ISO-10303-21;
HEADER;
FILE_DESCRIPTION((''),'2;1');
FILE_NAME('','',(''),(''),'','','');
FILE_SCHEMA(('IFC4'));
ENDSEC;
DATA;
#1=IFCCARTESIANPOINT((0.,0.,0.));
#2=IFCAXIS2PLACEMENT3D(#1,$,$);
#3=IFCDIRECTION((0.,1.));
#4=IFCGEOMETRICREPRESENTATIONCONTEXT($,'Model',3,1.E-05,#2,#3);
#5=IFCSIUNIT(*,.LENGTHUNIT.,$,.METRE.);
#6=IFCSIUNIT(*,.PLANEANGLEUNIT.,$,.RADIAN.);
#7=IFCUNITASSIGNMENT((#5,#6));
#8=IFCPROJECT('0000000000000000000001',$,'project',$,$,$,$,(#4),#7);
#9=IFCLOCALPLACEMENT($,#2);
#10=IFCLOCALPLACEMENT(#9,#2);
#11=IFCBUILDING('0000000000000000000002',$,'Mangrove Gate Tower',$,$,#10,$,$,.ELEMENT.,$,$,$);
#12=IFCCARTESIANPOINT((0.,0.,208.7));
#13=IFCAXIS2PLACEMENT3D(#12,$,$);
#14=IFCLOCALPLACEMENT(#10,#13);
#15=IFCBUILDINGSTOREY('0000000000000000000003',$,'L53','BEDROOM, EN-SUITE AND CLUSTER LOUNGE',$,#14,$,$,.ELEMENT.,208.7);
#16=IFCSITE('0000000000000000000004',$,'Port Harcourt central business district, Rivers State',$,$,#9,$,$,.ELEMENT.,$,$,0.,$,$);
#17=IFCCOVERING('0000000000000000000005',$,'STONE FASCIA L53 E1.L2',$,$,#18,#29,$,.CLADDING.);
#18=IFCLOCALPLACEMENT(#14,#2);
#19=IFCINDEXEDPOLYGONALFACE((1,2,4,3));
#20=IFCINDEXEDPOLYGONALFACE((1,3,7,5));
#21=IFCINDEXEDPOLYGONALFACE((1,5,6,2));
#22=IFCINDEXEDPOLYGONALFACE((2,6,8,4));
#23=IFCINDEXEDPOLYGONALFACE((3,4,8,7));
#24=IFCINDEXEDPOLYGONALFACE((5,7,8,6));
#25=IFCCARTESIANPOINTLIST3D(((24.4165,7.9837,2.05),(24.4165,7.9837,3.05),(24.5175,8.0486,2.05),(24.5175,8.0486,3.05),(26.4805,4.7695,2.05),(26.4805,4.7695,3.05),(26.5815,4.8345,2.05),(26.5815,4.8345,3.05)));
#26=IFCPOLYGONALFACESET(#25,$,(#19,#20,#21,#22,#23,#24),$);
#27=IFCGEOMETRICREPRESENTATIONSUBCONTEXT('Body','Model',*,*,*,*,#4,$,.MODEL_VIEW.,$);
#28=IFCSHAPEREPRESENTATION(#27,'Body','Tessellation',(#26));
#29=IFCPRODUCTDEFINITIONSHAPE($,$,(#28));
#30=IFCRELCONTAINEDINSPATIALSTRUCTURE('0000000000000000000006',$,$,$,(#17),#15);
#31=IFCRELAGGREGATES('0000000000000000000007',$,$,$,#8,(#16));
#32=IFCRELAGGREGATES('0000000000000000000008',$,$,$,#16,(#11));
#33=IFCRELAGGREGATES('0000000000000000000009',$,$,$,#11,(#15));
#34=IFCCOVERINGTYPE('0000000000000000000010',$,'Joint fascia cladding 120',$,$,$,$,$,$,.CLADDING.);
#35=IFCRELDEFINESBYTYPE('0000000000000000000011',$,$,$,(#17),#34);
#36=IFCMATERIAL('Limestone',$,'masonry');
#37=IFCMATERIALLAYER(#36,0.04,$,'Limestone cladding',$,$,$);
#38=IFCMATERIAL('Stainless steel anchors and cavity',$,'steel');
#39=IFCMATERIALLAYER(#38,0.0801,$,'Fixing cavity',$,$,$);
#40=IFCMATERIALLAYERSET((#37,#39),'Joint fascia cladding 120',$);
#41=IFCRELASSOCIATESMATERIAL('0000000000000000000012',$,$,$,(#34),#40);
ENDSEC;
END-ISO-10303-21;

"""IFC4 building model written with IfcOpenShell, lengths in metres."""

from ifc_helpers import new_model, si_unit, direction, frame, frame_2d, origin, place, context, subcontext, project, spatial, rectangle, extrude, material, layer, layer_set, type_object, element, save


model = new_model("IFC4")

# Units and contexts
model_context = context("Model", 3, precision=1e-05, world=origin(), true_north=direction((0.0, 1.0)))
body_context = subcontext(model_context, "Body", "Model", "MODEL_VIEW")
ifc_project = project(units=[si_unit("LENGTHUNIT", "METRE"), si_unit("PLANEANGLEUNIT", "RADIAN")], contexts=[model_context])

# Site, building, storey
site_placement = place(None, origin())
site = spatial("IfcSite", under=ifc_project, at=site_placement, Name="Port Harcourt central business district, Rivers State", CompositionType="ELEMENT", RefElevation=0.0)
building_placement = place(site_placement, origin())
building = spatial("IfcBuilding", under=site, at=building_placement, Name="Mangrove Gate Tower", CompositionType="ELEMENT")
storey_placement = place(building_placement, frame((0.0, 0.0, 208.7)))
storey = spatial("IfcBuildingStorey", under=building, at=storey_placement, Name="L53", Description="BEDROOM, EN-SUITE AND CLUSTER LOUNGE", CompositionType="ELEMENT", Elevation=208.7)

# Shared definitions
ifc_material_1 = material(Name="Limestone", Category="masonry")

# Covering
ifc_layer_1 = layer(ifc_material_1, 0.04, Name="Limestone cladding")
ifc_material_2 = material(Name="Stainless steel anchors and cavity", Category="steel")
ifc_layer_2 = layer(ifc_material_2, 0.0801, Name="Fixing cavity")
ifc_layer_set_1 = layer_set([ifc_layer_1, ifc_layer_2], Name="Joint fascia cladding 120")
covering_type = type_object("IfcCoveringType", Name="Joint fascia cladding 120", PredefinedType="CLADDING", material=ifc_layer_set_1)
covering_placement = place(storey_placement, frame((26.531, 4.802, 2.05), z_axis=(0.0, 0.0, 1.0), x_axis=(-0.540341, 0.841446, 0.0)))
element("IfcCovering", 1, at=covering_placement, inside=storey, type_object=covering_type, Name="STONE FASCIA L53 E1.L2", PredefinedType="CLADDING", context=body_context, shape_type="SweptSolid", body=[
    extrude(rectangle(XDim=3.8198, YDim=0.1201, at=frame_2d((1.9099, 0.0))), origin(), (0.0, 0.0, 1.0), 1.0),
])

save(model, "model.ifc")
